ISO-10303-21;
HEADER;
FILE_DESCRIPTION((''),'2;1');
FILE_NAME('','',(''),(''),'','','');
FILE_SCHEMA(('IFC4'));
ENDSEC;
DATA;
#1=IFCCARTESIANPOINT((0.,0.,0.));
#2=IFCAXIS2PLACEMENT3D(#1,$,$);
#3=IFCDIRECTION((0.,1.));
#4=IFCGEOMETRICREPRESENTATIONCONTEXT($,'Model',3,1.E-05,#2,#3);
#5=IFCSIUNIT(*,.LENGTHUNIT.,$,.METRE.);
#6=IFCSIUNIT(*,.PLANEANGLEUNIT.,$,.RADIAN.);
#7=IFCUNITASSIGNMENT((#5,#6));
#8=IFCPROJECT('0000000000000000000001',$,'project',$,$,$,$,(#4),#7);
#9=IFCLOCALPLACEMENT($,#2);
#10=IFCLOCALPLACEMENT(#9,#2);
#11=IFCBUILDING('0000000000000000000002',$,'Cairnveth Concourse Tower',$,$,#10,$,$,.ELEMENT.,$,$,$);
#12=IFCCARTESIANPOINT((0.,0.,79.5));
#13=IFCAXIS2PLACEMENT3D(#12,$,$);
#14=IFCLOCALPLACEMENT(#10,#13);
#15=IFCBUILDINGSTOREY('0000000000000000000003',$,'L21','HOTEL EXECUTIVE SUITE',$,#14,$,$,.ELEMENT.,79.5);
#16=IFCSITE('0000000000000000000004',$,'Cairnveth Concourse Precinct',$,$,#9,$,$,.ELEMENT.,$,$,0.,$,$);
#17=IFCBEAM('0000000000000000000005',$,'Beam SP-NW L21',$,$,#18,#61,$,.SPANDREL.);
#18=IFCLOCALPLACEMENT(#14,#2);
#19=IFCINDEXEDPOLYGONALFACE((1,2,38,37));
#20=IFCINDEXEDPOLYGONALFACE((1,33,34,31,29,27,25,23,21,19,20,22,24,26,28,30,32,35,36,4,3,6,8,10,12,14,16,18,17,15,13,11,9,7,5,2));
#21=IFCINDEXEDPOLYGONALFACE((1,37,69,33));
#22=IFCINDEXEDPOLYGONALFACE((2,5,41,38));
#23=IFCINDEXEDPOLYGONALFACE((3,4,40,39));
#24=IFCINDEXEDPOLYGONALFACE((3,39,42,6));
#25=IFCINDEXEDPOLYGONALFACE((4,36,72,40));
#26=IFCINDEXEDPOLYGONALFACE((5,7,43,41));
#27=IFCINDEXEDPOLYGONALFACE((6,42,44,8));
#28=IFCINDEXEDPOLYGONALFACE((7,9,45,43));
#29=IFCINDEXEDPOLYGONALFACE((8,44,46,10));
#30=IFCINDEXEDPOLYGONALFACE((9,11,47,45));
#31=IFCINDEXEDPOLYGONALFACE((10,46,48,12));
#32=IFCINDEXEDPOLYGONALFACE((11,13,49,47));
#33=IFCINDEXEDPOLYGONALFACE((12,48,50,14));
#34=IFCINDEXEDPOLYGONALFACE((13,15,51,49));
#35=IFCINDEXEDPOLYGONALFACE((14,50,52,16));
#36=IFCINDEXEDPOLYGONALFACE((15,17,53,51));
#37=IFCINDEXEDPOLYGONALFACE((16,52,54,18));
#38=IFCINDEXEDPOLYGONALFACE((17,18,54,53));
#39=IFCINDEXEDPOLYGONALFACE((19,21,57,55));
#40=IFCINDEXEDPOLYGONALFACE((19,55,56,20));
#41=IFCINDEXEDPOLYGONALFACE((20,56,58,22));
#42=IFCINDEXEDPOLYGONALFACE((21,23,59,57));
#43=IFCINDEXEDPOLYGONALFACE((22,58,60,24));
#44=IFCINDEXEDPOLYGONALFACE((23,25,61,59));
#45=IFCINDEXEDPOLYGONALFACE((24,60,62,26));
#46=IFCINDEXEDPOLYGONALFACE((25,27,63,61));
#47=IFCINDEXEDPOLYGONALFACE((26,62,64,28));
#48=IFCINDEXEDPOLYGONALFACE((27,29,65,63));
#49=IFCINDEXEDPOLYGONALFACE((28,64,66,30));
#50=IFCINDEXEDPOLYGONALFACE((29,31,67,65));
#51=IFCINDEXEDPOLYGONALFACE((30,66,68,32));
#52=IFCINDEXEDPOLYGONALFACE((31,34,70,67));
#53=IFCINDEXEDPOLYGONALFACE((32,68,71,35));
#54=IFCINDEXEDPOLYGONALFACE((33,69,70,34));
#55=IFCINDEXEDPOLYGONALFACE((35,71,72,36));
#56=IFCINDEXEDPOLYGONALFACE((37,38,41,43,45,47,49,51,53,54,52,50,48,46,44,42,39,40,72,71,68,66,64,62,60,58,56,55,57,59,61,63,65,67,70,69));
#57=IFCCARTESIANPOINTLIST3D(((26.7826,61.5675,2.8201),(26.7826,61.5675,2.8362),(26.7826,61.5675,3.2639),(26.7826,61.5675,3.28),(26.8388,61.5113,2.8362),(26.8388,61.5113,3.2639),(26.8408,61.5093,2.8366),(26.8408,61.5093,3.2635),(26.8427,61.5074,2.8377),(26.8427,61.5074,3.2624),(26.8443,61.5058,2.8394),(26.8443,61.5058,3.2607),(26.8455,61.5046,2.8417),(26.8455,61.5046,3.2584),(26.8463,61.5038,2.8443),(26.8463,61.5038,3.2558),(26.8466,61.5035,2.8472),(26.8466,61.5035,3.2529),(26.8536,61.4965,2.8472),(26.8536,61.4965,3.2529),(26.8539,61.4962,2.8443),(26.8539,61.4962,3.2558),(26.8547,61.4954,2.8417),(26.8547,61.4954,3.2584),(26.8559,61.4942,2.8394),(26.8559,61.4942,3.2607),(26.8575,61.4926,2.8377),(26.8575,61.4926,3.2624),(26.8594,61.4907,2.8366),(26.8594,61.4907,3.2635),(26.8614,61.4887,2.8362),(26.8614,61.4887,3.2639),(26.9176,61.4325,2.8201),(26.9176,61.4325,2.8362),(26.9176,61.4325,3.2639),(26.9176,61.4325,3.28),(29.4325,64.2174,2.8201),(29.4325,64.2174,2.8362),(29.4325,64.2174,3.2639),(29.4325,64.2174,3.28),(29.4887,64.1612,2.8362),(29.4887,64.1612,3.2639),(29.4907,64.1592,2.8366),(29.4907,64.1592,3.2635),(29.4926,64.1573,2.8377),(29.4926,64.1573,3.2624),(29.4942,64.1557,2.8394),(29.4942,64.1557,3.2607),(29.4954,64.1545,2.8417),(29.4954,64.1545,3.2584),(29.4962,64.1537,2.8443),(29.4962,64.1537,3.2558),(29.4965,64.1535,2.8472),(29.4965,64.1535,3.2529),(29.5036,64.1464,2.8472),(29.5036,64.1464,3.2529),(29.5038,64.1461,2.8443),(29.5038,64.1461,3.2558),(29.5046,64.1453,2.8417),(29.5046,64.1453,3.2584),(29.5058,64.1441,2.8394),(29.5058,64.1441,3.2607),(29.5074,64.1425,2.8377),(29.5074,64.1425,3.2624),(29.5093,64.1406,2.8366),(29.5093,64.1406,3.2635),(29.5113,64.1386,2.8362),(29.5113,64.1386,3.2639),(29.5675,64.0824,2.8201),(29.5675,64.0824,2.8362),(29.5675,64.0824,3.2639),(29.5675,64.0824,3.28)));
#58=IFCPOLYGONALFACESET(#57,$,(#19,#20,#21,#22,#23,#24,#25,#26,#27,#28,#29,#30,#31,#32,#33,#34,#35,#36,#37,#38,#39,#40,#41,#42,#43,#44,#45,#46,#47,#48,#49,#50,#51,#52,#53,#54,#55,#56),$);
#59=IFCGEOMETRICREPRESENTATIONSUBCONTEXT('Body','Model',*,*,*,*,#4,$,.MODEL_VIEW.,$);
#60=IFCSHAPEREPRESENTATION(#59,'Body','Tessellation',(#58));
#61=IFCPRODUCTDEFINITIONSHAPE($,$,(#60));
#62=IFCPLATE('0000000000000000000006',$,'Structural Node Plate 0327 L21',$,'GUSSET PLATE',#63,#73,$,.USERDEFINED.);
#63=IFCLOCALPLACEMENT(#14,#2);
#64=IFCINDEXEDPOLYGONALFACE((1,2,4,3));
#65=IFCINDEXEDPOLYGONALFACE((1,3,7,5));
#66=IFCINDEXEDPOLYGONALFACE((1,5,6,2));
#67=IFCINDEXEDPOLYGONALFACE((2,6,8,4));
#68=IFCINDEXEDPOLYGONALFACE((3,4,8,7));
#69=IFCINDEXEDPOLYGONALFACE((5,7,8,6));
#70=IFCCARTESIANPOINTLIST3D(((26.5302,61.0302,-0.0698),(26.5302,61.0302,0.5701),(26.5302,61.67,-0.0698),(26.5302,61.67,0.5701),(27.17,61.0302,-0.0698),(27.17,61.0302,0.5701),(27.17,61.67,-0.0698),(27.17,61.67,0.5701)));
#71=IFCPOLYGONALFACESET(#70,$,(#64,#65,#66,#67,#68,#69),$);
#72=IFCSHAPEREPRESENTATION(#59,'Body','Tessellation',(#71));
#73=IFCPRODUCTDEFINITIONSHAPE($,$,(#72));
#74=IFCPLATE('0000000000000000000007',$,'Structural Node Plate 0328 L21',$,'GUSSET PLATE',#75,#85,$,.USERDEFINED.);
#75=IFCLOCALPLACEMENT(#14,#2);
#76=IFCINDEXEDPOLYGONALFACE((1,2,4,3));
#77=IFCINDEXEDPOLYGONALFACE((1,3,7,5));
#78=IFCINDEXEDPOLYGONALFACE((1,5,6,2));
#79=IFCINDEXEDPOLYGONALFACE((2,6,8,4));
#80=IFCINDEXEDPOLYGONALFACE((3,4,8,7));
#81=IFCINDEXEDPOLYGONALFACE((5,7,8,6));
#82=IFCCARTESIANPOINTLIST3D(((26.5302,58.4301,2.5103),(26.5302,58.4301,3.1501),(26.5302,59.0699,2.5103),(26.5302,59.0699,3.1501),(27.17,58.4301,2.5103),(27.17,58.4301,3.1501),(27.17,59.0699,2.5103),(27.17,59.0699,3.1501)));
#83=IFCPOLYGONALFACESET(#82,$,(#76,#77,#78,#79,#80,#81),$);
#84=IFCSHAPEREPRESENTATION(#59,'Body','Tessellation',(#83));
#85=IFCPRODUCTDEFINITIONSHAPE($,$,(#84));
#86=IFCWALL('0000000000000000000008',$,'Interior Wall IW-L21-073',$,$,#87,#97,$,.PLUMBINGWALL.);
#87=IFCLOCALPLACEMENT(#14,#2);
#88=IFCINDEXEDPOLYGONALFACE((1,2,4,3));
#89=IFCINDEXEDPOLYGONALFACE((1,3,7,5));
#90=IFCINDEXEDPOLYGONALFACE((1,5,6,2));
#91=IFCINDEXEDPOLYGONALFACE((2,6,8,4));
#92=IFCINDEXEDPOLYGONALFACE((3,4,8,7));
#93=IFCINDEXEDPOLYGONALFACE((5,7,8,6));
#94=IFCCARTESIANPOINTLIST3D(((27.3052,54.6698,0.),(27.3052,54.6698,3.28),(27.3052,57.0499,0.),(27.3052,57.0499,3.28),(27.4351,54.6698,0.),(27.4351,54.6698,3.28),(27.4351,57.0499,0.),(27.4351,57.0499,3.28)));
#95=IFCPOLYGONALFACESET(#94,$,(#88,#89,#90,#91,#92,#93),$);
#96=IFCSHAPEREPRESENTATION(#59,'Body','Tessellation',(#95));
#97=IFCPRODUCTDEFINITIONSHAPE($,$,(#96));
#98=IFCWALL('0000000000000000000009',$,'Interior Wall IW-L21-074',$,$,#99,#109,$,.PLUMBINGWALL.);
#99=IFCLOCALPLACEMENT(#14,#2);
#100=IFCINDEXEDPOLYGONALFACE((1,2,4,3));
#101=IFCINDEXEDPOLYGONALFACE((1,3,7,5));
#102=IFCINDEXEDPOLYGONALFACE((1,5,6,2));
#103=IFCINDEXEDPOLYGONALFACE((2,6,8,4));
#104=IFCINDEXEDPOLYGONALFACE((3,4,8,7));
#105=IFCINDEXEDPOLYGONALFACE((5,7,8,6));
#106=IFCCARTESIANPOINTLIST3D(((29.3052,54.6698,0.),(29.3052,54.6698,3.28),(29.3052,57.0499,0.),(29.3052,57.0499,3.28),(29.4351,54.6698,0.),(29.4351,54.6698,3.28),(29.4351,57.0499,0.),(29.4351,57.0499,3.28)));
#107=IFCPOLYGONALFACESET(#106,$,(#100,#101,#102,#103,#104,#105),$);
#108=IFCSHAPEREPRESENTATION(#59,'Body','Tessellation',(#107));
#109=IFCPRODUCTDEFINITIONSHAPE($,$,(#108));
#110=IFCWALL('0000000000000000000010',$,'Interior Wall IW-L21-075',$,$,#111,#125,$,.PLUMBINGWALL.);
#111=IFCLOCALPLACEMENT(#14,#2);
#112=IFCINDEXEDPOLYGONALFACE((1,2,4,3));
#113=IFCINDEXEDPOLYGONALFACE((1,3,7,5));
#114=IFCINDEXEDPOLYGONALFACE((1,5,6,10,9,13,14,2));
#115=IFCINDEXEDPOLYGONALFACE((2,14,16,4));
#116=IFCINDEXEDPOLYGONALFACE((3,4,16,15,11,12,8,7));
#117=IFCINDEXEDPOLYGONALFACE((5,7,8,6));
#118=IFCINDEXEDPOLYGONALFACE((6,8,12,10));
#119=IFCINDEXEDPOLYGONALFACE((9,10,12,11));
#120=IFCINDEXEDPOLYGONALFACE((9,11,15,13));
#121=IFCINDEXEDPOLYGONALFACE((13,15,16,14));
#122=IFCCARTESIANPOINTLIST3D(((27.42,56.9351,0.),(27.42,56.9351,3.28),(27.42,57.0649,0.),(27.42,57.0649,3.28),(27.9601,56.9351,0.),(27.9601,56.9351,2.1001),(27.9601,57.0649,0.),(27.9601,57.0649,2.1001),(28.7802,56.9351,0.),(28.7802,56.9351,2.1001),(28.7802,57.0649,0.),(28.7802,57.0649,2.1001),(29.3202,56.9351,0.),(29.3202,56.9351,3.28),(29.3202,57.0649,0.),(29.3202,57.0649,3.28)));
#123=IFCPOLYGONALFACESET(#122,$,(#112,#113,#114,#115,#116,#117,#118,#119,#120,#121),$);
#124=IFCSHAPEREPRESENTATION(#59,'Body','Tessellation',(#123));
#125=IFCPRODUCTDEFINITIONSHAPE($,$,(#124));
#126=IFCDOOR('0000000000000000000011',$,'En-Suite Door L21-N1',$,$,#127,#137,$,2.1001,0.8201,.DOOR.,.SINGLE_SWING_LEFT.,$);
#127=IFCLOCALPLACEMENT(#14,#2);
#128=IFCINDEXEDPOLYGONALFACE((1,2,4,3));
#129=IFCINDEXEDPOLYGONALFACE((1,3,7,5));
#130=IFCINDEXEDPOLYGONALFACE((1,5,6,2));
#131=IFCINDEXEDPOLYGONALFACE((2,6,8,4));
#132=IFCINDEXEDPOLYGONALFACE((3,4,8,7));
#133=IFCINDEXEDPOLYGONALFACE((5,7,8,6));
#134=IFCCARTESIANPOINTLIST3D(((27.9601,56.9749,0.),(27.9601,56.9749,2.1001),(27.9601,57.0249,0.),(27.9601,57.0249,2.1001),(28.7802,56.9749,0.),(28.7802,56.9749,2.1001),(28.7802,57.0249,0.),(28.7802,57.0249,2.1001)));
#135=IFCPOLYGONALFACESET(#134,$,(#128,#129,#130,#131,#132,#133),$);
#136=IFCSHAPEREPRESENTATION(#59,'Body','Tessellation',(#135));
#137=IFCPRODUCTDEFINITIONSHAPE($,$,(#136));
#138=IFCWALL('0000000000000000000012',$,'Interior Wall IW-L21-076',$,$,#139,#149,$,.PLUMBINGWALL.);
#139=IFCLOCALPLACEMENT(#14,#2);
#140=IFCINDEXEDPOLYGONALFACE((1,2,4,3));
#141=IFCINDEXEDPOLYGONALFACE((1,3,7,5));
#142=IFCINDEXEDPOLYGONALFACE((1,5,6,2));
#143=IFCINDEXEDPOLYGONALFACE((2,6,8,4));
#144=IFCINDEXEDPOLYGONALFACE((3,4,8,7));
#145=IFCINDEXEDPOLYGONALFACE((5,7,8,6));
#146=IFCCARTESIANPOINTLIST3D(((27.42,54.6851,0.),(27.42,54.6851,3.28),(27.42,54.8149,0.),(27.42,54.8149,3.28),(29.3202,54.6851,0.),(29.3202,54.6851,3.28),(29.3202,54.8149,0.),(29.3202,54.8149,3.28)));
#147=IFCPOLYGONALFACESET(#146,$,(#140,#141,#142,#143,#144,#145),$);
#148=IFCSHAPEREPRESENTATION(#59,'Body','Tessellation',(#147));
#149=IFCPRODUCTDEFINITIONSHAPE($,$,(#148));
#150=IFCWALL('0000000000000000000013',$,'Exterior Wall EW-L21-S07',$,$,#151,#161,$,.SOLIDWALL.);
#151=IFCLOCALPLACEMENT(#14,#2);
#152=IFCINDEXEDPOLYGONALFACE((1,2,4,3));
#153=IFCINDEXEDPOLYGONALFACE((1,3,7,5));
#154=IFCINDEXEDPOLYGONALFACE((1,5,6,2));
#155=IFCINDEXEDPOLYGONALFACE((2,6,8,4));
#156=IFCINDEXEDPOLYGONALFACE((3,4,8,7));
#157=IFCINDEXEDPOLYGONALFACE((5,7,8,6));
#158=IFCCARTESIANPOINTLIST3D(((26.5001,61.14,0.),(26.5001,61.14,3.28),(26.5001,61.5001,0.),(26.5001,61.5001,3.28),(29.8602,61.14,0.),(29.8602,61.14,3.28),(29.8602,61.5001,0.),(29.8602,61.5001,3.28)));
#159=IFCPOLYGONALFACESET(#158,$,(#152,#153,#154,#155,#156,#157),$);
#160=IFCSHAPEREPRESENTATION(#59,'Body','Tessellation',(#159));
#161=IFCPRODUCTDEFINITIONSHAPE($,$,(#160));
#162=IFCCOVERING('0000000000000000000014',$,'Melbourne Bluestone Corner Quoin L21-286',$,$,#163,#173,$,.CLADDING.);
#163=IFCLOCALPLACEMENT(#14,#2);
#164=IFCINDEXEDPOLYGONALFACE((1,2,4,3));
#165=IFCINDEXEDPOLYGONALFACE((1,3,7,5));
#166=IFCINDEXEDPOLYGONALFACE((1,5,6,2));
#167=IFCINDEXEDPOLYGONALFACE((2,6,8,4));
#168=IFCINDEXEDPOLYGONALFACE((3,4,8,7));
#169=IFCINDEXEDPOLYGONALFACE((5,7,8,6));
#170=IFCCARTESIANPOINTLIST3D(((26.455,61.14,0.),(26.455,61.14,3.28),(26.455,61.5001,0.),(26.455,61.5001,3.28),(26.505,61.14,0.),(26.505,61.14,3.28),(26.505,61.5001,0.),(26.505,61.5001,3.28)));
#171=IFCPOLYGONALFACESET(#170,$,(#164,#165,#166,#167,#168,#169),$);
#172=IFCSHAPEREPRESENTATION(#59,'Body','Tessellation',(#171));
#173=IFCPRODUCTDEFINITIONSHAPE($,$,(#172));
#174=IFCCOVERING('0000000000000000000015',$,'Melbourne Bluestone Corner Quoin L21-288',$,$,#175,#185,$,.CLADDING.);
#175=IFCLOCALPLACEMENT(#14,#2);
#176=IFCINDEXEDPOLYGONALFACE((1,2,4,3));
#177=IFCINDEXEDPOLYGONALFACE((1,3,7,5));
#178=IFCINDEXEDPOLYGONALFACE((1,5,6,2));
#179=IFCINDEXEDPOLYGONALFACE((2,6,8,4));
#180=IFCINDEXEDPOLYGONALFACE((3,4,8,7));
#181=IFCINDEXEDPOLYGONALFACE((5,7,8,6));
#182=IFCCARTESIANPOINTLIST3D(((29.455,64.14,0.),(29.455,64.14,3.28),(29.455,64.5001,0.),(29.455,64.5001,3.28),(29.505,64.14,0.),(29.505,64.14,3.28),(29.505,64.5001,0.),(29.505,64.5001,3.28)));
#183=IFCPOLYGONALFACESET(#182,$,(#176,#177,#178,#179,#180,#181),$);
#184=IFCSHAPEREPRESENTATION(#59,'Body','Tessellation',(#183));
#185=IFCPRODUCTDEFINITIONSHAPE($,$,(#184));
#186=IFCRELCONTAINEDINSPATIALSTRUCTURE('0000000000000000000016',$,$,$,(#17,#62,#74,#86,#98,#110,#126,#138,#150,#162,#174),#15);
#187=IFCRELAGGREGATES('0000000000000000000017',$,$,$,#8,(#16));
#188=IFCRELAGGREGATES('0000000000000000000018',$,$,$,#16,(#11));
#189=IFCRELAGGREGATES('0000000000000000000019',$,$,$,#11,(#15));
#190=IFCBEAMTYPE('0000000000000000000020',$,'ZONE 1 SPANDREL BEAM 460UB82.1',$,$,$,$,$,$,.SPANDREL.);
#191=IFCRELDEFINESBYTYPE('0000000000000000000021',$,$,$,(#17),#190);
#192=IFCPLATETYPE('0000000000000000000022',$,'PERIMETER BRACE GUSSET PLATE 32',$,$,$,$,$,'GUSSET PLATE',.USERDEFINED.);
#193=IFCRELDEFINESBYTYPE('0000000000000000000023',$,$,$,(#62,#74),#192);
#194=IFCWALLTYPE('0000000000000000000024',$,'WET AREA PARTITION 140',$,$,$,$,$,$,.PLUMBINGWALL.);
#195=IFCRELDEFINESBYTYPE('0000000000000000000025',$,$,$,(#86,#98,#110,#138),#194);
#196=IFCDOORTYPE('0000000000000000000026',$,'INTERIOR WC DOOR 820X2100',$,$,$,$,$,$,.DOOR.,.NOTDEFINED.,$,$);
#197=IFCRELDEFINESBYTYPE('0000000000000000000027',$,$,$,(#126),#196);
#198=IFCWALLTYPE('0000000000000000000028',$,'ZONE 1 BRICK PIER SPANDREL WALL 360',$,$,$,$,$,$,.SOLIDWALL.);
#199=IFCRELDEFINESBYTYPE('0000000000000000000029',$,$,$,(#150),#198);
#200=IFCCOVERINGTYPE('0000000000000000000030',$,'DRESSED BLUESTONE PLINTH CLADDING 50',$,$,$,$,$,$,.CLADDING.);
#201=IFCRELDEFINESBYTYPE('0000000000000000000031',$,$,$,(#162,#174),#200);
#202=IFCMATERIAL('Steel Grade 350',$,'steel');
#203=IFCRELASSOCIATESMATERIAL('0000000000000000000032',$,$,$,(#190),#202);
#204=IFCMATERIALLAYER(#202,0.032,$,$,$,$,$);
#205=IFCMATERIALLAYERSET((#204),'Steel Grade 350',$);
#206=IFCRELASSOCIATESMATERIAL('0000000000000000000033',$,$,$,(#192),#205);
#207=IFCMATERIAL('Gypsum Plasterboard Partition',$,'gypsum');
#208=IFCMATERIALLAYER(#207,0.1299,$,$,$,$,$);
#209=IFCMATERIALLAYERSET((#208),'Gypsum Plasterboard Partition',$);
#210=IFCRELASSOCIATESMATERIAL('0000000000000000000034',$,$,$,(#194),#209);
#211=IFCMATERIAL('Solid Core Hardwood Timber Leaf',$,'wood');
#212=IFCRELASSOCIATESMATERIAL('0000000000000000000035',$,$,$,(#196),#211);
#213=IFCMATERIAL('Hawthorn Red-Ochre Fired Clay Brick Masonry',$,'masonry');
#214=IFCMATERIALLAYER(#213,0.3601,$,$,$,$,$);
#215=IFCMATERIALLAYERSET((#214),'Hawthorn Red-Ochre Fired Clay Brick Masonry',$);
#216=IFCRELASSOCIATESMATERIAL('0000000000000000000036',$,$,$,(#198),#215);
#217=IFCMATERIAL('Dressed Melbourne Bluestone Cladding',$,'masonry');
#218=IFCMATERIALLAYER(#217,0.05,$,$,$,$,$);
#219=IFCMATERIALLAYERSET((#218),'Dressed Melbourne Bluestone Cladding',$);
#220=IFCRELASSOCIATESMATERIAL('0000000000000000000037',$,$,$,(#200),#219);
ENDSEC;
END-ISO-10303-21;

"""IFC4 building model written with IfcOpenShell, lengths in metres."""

from ifc_helpers import new_model, si_unit, direction, frame, frame_2d, origin, origin_2d, place, context, subcontext, project, spatial, rectangle, i_section, extrude, material, layer, layer_set, material_profile, profile_set, type_object, element, fill, save


model = new_model("IFC4")

# Units and contexts
model_context = context("Model", 3, precision=1e-05, world=origin(), true_north=direction((0.0, 1.0)))
body_context = subcontext(model_context, "Body", "Model", "MODEL_VIEW")
ifc_project = project(units=[si_unit("LENGTHUNIT", "METRE"), si_unit("PLANEANGLEUNIT", "RADIAN")], contexts=[model_context])

# Site, building, storey
site_placement = place(None, origin())
site = spatial("IfcSite", under=ifc_project, at=site_placement, Name="Cairnveth Concourse Precinct", CompositionType="ELEMENT", RefElevation=0.0)
building_placement = place(site_placement, origin())
building = spatial("IfcBuilding", under=site, at=building_placement, Name="Cairnveth Concourse Tower", CompositionType="ELEMENT")
storey_placement = place(building_placement, frame((0.0, 0.0, 79.5)))
storey = spatial("IfcBuildingStorey", under=building, at=storey_placement, Name="L21", Description="HOTEL EXECUTIVE SUITE", CompositionType="ELEMENT", Elevation=79.5)

# Shared definitions
ifc_material_1 = material(Name="Steel Grade 350", Category="steel")

# Beam
ifc_material_profile_1 = material_profile(ifc_material_1, i_section(OverallWidth=0.1909, OverallDepth=0.46, WebThickness=0.01, FlangeThickness=0.0161, FilletRadius=0.011, at=origin_2d()), Name="460UB82.1")
ifc_profile_set_1 = profile_set([ifc_material_profile_1], Name="Steel Grade 350")
beam_type_1 = type_object("IfcBeamType", Name="ZONE 1 SPANDREL BEAM 460UB82.1", PredefinedType="SPANDREL", material=ifc_profile_set_1)
beam_1_placement = place(storey_placement, frame((26.8501, 61.5, 3.05), z_axis=(0.707107, 0.707107, 0.0), x_axis=(-0.707107, 0.707107, 0.0)))
element("IfcBeam", 1, at=beam_1_placement, inside=storey, type_object=beam_type_1, Name="Beam SP-NW L21", PredefinedType="SPANDREL", context=body_context, shape_type="SweptSolid", body=[
    extrude(i_section(OverallWidth=0.1909, OverallDepth=0.46, WebThickness=0.01, FlangeThickness=0.0161, FilletRadius=0.011, at=origin_2d()), origin(), (0.0, 0.0, 1.0), 3.7476),
])

# Plates
ifc_layer_1 = layer(ifc_material_1, 0.032)
ifc_layer_set_1 = layer_set([ifc_layer_1], Name="Steel Grade 350")
plate_type = type_object("IfcPlateType", Name="PERIMETER BRACE GUSSET PLATE 32", ElementType="GUSSET PLATE", PredefinedType="USERDEFINED", material=ifc_layer_set_1)
for number, where, z_axis, x_axis, name in (
    (2, (26.8501, 61.3501, -0.0698), (0.0, 0.0, 1.0), (1.0, 0.0, 0.0), "Structural Node Plate 0327 L21"),
    (3, (26.8501, 58.75, 2.5103), (0.0, 0.0, 1.0), (1.0, 0.0, 0.0), "Structural Node Plate 0328 L21"),
):
    element("IfcPlate", number, at=place(storey_placement, frame(where, z_axis=z_axis, x_axis=x_axis)), inside=storey, type_object=plate_type, Name=name, ObjectType="GUSSET PLATE", PredefinedType="USERDEFINED", context=body_context, shape_type="SweptSolid", body=[
        extrude(rectangle(XDim=0.6399, YDim=0.6399, at=origin_2d()), origin(), (0.0, 0.0, 1.0), 0.6399),
    ])

# Walls
ifc_material_2 = material(Name="Gypsum Plasterboard Partition", Category="gypsum")
ifc_layer_2 = layer(ifc_material_2, 0.1299)
ifc_layer_set_2 = layer_set([ifc_layer_2], Name="Gypsum Plasterboard Partition")
wall_type_1 = type_object("IfcWallType", Name="WET AREA PARTITION 140", PredefinedType="PLUMBINGWALL", material=ifc_layer_set_2)
for number, where, z_axis, x_axis, name in (
    (4, (27.3701, 54.6699, 0.0), (0.0, 0.0, 1.0), (0.0, 1.0, 0.0), "Interior Wall IW-L21-073"),
    (5, (29.3701, 54.6699, 0.0), (0.0, 0.0, 1.0), (0.0, 1.0, 0.0), "Interior Wall IW-L21-074"),
):
    element("IfcWall", number, at=place(storey_placement, frame(where, z_axis=z_axis, x_axis=x_axis)), inside=storey, type_object=wall_type_1, Name=name, PredefinedType="PLUMBINGWALL", context=body_context, shape_type="SweptSolid", body=[
        extrude(rectangle(XDim=2.3801, YDim=0.1299, at=frame_2d((1.1899, 0.0))), origin(), (0.0, 0.0, 1.0), 3.28),
    ])

# Wall, opening, door
wall_1_placement = place(storey_placement, frame((27.4199, 57.0, 0.0), z_axis=(0.0, 0.0, 1.0), x_axis=(1.0, 0.0, 0.0)))
wall_1 = element("IfcWall", 6, at=wall_1_placement, inside=storey, type_object=wall_type_1, Name="Interior Wall IW-L21-075", PredefinedType="PLUMBINGWALL", context=body_context, shape_type="SweptSolid", body=[
    extrude(rectangle(XDim=1.9001, YDim=0.1299, at=frame_2d((0.9502, 0.0))), origin(), (0.0, 0.0, 1.0), 3.28),
])
opening_placement = place(wall_1_placement, frame((0.54, 0.0, 0.0)))
opening = element("IfcOpeningElement", 7, at=opening_placement, cuts=wall_1, PredefinedType="OPENING", context=body_context, shape_type="SweptSolid", body=[
    extrude(rectangle(XDim=0.8201, YDim=2.1001, at=frame_2d((0.4102, 1.05))), frame((0.0, 0.075, 0.0), z_axis=(0.0, -1.0, 0.0), x_axis=(1.0, 0.0, 0.0)), (0.0, 0.0, 1.0), 0.1499),
])
ifc_material_3 = material(Name="Solid Core Hardwood Timber Leaf", Category="wood")
door_type = type_object("IfcDoorType", Name="INTERIOR WC DOOR 820X2100", OperationType="NOTDEFINED", PredefinedType="DOOR", material=ifc_material_3)
door_placement = place(opening_placement, origin())
door = element("IfcDoor", 8, at=door_placement, inside=storey, type_object=door_type, Name="En-Suite Door L21-N1", OperationType="SINGLE_SWING_LEFT", OverallHeight=2.1001, OverallWidth=0.8201, PredefinedType="DOOR", context=body_context, shape_type="SweptSolid", body=[
    extrude(rectangle(XDim=0.8201, YDim=2.1001, at=frame_2d((0.4102, 1.05))), frame((0.0, 0.0249, 0.0), z_axis=(0.0, -1.0, 0.0), x_axis=(1.0, 0.0, 0.0)), (0.0, 0.0, 1.0), 0.05),
])
fill(opening, door)

# Walls
wall_2_placement = place(storey_placement, frame((27.4199, 54.75, 0.0), z_axis=(0.0, 0.0, 1.0), x_axis=(1.0, 0.0, 0.0)))
element("IfcWall", 9, at=wall_2_placement, inside=storey, type_object=wall_type_1, Name="Interior Wall IW-L21-076", PredefinedType="PLUMBINGWALL", context=body_context, shape_type="SweptSolid", body=[
    extrude(rectangle(XDim=1.9001, YDim=0.1299, at=frame_2d((0.9502, 0.0))), origin(), (0.0, 0.0, 1.0), 3.28),
])
ifc_material_4 = material(Name="Hawthorn Red-Ochre Fired Clay Brick Masonry", Category="masonry")
ifc_layer_3 = layer(ifc_material_4, 0.3601)
ifc_layer_set_3 = layer_set([ifc_layer_3], Name="Hawthorn Red-Ochre Fired Clay Brick Masonry")
wall_type_2 = type_object("IfcWallType", Name="ZONE 1 BRICK PIER SPANDREL WALL 360", PredefinedType="SOLIDWALL", material=ifc_layer_set_3)
wall_3_placement = place(storey_placement, frame((26.5, 61.3201, 0.0), z_axis=(0.0, 0.0, 1.0), x_axis=(1.0, 0.0, 0.0)))
element("IfcWall", 10, at=wall_3_placement, inside=storey, type_object=wall_type_2, Name="Exterior Wall EW-L21-S07", PredefinedType="SOLIDWALL", context=body_context, shape_type="SweptSolid", body=[
    extrude(rectangle(XDim=3.3601, YDim=0.3601, at=frame_2d((1.6802, 0.0))), origin(), (0.0, 0.0, 1.0), 3.28),
])

# Coverings
ifc_material_5 = material(Name="Dressed Melbourne Bluestone Cladding", Category="masonry")
ifc_layer_4 = layer(ifc_material_5, 0.05)
ifc_layer_set_4 = layer_set([ifc_layer_4], Name="Dressed Melbourne Bluestone Cladding")
covering_type = type_object("IfcCoveringType", Name="DRESSED BLUESTONE PLINTH CLADDING 50", PredefinedType="CLADDING", material=ifc_layer_set_4)
for number, where, z_axis, x_axis, name in (
    (11, (26.48, 61.1399, 0.0), (0.0, 0.0, 1.0), (0.0, 1.0, 0.0), "Melbourne Bluestone Corner Quoin L21-286"),
    (12, (29.48, 64.1399, 0.0), (0.0, 0.0, 1.0), (0.0, 1.0, 0.0), "Melbourne Bluestone Corner Quoin L21-288"),
):
    element("IfcCovering", number, at=place(storey_placement, frame(where, z_axis=z_axis, x_axis=x_axis)), inside=storey, type_object=covering_type, Name=name, PredefinedType="CLADDING", context=body_context, shape_type="SweptSolid", body=[
        extrude(rectangle(XDim=0.3601, YDim=0.05, at=frame_2d((0.1802, 0.0))), origin(), (0.0, 0.0, 1.0), 3.28),
    ])

save(model, "model.ifc")
